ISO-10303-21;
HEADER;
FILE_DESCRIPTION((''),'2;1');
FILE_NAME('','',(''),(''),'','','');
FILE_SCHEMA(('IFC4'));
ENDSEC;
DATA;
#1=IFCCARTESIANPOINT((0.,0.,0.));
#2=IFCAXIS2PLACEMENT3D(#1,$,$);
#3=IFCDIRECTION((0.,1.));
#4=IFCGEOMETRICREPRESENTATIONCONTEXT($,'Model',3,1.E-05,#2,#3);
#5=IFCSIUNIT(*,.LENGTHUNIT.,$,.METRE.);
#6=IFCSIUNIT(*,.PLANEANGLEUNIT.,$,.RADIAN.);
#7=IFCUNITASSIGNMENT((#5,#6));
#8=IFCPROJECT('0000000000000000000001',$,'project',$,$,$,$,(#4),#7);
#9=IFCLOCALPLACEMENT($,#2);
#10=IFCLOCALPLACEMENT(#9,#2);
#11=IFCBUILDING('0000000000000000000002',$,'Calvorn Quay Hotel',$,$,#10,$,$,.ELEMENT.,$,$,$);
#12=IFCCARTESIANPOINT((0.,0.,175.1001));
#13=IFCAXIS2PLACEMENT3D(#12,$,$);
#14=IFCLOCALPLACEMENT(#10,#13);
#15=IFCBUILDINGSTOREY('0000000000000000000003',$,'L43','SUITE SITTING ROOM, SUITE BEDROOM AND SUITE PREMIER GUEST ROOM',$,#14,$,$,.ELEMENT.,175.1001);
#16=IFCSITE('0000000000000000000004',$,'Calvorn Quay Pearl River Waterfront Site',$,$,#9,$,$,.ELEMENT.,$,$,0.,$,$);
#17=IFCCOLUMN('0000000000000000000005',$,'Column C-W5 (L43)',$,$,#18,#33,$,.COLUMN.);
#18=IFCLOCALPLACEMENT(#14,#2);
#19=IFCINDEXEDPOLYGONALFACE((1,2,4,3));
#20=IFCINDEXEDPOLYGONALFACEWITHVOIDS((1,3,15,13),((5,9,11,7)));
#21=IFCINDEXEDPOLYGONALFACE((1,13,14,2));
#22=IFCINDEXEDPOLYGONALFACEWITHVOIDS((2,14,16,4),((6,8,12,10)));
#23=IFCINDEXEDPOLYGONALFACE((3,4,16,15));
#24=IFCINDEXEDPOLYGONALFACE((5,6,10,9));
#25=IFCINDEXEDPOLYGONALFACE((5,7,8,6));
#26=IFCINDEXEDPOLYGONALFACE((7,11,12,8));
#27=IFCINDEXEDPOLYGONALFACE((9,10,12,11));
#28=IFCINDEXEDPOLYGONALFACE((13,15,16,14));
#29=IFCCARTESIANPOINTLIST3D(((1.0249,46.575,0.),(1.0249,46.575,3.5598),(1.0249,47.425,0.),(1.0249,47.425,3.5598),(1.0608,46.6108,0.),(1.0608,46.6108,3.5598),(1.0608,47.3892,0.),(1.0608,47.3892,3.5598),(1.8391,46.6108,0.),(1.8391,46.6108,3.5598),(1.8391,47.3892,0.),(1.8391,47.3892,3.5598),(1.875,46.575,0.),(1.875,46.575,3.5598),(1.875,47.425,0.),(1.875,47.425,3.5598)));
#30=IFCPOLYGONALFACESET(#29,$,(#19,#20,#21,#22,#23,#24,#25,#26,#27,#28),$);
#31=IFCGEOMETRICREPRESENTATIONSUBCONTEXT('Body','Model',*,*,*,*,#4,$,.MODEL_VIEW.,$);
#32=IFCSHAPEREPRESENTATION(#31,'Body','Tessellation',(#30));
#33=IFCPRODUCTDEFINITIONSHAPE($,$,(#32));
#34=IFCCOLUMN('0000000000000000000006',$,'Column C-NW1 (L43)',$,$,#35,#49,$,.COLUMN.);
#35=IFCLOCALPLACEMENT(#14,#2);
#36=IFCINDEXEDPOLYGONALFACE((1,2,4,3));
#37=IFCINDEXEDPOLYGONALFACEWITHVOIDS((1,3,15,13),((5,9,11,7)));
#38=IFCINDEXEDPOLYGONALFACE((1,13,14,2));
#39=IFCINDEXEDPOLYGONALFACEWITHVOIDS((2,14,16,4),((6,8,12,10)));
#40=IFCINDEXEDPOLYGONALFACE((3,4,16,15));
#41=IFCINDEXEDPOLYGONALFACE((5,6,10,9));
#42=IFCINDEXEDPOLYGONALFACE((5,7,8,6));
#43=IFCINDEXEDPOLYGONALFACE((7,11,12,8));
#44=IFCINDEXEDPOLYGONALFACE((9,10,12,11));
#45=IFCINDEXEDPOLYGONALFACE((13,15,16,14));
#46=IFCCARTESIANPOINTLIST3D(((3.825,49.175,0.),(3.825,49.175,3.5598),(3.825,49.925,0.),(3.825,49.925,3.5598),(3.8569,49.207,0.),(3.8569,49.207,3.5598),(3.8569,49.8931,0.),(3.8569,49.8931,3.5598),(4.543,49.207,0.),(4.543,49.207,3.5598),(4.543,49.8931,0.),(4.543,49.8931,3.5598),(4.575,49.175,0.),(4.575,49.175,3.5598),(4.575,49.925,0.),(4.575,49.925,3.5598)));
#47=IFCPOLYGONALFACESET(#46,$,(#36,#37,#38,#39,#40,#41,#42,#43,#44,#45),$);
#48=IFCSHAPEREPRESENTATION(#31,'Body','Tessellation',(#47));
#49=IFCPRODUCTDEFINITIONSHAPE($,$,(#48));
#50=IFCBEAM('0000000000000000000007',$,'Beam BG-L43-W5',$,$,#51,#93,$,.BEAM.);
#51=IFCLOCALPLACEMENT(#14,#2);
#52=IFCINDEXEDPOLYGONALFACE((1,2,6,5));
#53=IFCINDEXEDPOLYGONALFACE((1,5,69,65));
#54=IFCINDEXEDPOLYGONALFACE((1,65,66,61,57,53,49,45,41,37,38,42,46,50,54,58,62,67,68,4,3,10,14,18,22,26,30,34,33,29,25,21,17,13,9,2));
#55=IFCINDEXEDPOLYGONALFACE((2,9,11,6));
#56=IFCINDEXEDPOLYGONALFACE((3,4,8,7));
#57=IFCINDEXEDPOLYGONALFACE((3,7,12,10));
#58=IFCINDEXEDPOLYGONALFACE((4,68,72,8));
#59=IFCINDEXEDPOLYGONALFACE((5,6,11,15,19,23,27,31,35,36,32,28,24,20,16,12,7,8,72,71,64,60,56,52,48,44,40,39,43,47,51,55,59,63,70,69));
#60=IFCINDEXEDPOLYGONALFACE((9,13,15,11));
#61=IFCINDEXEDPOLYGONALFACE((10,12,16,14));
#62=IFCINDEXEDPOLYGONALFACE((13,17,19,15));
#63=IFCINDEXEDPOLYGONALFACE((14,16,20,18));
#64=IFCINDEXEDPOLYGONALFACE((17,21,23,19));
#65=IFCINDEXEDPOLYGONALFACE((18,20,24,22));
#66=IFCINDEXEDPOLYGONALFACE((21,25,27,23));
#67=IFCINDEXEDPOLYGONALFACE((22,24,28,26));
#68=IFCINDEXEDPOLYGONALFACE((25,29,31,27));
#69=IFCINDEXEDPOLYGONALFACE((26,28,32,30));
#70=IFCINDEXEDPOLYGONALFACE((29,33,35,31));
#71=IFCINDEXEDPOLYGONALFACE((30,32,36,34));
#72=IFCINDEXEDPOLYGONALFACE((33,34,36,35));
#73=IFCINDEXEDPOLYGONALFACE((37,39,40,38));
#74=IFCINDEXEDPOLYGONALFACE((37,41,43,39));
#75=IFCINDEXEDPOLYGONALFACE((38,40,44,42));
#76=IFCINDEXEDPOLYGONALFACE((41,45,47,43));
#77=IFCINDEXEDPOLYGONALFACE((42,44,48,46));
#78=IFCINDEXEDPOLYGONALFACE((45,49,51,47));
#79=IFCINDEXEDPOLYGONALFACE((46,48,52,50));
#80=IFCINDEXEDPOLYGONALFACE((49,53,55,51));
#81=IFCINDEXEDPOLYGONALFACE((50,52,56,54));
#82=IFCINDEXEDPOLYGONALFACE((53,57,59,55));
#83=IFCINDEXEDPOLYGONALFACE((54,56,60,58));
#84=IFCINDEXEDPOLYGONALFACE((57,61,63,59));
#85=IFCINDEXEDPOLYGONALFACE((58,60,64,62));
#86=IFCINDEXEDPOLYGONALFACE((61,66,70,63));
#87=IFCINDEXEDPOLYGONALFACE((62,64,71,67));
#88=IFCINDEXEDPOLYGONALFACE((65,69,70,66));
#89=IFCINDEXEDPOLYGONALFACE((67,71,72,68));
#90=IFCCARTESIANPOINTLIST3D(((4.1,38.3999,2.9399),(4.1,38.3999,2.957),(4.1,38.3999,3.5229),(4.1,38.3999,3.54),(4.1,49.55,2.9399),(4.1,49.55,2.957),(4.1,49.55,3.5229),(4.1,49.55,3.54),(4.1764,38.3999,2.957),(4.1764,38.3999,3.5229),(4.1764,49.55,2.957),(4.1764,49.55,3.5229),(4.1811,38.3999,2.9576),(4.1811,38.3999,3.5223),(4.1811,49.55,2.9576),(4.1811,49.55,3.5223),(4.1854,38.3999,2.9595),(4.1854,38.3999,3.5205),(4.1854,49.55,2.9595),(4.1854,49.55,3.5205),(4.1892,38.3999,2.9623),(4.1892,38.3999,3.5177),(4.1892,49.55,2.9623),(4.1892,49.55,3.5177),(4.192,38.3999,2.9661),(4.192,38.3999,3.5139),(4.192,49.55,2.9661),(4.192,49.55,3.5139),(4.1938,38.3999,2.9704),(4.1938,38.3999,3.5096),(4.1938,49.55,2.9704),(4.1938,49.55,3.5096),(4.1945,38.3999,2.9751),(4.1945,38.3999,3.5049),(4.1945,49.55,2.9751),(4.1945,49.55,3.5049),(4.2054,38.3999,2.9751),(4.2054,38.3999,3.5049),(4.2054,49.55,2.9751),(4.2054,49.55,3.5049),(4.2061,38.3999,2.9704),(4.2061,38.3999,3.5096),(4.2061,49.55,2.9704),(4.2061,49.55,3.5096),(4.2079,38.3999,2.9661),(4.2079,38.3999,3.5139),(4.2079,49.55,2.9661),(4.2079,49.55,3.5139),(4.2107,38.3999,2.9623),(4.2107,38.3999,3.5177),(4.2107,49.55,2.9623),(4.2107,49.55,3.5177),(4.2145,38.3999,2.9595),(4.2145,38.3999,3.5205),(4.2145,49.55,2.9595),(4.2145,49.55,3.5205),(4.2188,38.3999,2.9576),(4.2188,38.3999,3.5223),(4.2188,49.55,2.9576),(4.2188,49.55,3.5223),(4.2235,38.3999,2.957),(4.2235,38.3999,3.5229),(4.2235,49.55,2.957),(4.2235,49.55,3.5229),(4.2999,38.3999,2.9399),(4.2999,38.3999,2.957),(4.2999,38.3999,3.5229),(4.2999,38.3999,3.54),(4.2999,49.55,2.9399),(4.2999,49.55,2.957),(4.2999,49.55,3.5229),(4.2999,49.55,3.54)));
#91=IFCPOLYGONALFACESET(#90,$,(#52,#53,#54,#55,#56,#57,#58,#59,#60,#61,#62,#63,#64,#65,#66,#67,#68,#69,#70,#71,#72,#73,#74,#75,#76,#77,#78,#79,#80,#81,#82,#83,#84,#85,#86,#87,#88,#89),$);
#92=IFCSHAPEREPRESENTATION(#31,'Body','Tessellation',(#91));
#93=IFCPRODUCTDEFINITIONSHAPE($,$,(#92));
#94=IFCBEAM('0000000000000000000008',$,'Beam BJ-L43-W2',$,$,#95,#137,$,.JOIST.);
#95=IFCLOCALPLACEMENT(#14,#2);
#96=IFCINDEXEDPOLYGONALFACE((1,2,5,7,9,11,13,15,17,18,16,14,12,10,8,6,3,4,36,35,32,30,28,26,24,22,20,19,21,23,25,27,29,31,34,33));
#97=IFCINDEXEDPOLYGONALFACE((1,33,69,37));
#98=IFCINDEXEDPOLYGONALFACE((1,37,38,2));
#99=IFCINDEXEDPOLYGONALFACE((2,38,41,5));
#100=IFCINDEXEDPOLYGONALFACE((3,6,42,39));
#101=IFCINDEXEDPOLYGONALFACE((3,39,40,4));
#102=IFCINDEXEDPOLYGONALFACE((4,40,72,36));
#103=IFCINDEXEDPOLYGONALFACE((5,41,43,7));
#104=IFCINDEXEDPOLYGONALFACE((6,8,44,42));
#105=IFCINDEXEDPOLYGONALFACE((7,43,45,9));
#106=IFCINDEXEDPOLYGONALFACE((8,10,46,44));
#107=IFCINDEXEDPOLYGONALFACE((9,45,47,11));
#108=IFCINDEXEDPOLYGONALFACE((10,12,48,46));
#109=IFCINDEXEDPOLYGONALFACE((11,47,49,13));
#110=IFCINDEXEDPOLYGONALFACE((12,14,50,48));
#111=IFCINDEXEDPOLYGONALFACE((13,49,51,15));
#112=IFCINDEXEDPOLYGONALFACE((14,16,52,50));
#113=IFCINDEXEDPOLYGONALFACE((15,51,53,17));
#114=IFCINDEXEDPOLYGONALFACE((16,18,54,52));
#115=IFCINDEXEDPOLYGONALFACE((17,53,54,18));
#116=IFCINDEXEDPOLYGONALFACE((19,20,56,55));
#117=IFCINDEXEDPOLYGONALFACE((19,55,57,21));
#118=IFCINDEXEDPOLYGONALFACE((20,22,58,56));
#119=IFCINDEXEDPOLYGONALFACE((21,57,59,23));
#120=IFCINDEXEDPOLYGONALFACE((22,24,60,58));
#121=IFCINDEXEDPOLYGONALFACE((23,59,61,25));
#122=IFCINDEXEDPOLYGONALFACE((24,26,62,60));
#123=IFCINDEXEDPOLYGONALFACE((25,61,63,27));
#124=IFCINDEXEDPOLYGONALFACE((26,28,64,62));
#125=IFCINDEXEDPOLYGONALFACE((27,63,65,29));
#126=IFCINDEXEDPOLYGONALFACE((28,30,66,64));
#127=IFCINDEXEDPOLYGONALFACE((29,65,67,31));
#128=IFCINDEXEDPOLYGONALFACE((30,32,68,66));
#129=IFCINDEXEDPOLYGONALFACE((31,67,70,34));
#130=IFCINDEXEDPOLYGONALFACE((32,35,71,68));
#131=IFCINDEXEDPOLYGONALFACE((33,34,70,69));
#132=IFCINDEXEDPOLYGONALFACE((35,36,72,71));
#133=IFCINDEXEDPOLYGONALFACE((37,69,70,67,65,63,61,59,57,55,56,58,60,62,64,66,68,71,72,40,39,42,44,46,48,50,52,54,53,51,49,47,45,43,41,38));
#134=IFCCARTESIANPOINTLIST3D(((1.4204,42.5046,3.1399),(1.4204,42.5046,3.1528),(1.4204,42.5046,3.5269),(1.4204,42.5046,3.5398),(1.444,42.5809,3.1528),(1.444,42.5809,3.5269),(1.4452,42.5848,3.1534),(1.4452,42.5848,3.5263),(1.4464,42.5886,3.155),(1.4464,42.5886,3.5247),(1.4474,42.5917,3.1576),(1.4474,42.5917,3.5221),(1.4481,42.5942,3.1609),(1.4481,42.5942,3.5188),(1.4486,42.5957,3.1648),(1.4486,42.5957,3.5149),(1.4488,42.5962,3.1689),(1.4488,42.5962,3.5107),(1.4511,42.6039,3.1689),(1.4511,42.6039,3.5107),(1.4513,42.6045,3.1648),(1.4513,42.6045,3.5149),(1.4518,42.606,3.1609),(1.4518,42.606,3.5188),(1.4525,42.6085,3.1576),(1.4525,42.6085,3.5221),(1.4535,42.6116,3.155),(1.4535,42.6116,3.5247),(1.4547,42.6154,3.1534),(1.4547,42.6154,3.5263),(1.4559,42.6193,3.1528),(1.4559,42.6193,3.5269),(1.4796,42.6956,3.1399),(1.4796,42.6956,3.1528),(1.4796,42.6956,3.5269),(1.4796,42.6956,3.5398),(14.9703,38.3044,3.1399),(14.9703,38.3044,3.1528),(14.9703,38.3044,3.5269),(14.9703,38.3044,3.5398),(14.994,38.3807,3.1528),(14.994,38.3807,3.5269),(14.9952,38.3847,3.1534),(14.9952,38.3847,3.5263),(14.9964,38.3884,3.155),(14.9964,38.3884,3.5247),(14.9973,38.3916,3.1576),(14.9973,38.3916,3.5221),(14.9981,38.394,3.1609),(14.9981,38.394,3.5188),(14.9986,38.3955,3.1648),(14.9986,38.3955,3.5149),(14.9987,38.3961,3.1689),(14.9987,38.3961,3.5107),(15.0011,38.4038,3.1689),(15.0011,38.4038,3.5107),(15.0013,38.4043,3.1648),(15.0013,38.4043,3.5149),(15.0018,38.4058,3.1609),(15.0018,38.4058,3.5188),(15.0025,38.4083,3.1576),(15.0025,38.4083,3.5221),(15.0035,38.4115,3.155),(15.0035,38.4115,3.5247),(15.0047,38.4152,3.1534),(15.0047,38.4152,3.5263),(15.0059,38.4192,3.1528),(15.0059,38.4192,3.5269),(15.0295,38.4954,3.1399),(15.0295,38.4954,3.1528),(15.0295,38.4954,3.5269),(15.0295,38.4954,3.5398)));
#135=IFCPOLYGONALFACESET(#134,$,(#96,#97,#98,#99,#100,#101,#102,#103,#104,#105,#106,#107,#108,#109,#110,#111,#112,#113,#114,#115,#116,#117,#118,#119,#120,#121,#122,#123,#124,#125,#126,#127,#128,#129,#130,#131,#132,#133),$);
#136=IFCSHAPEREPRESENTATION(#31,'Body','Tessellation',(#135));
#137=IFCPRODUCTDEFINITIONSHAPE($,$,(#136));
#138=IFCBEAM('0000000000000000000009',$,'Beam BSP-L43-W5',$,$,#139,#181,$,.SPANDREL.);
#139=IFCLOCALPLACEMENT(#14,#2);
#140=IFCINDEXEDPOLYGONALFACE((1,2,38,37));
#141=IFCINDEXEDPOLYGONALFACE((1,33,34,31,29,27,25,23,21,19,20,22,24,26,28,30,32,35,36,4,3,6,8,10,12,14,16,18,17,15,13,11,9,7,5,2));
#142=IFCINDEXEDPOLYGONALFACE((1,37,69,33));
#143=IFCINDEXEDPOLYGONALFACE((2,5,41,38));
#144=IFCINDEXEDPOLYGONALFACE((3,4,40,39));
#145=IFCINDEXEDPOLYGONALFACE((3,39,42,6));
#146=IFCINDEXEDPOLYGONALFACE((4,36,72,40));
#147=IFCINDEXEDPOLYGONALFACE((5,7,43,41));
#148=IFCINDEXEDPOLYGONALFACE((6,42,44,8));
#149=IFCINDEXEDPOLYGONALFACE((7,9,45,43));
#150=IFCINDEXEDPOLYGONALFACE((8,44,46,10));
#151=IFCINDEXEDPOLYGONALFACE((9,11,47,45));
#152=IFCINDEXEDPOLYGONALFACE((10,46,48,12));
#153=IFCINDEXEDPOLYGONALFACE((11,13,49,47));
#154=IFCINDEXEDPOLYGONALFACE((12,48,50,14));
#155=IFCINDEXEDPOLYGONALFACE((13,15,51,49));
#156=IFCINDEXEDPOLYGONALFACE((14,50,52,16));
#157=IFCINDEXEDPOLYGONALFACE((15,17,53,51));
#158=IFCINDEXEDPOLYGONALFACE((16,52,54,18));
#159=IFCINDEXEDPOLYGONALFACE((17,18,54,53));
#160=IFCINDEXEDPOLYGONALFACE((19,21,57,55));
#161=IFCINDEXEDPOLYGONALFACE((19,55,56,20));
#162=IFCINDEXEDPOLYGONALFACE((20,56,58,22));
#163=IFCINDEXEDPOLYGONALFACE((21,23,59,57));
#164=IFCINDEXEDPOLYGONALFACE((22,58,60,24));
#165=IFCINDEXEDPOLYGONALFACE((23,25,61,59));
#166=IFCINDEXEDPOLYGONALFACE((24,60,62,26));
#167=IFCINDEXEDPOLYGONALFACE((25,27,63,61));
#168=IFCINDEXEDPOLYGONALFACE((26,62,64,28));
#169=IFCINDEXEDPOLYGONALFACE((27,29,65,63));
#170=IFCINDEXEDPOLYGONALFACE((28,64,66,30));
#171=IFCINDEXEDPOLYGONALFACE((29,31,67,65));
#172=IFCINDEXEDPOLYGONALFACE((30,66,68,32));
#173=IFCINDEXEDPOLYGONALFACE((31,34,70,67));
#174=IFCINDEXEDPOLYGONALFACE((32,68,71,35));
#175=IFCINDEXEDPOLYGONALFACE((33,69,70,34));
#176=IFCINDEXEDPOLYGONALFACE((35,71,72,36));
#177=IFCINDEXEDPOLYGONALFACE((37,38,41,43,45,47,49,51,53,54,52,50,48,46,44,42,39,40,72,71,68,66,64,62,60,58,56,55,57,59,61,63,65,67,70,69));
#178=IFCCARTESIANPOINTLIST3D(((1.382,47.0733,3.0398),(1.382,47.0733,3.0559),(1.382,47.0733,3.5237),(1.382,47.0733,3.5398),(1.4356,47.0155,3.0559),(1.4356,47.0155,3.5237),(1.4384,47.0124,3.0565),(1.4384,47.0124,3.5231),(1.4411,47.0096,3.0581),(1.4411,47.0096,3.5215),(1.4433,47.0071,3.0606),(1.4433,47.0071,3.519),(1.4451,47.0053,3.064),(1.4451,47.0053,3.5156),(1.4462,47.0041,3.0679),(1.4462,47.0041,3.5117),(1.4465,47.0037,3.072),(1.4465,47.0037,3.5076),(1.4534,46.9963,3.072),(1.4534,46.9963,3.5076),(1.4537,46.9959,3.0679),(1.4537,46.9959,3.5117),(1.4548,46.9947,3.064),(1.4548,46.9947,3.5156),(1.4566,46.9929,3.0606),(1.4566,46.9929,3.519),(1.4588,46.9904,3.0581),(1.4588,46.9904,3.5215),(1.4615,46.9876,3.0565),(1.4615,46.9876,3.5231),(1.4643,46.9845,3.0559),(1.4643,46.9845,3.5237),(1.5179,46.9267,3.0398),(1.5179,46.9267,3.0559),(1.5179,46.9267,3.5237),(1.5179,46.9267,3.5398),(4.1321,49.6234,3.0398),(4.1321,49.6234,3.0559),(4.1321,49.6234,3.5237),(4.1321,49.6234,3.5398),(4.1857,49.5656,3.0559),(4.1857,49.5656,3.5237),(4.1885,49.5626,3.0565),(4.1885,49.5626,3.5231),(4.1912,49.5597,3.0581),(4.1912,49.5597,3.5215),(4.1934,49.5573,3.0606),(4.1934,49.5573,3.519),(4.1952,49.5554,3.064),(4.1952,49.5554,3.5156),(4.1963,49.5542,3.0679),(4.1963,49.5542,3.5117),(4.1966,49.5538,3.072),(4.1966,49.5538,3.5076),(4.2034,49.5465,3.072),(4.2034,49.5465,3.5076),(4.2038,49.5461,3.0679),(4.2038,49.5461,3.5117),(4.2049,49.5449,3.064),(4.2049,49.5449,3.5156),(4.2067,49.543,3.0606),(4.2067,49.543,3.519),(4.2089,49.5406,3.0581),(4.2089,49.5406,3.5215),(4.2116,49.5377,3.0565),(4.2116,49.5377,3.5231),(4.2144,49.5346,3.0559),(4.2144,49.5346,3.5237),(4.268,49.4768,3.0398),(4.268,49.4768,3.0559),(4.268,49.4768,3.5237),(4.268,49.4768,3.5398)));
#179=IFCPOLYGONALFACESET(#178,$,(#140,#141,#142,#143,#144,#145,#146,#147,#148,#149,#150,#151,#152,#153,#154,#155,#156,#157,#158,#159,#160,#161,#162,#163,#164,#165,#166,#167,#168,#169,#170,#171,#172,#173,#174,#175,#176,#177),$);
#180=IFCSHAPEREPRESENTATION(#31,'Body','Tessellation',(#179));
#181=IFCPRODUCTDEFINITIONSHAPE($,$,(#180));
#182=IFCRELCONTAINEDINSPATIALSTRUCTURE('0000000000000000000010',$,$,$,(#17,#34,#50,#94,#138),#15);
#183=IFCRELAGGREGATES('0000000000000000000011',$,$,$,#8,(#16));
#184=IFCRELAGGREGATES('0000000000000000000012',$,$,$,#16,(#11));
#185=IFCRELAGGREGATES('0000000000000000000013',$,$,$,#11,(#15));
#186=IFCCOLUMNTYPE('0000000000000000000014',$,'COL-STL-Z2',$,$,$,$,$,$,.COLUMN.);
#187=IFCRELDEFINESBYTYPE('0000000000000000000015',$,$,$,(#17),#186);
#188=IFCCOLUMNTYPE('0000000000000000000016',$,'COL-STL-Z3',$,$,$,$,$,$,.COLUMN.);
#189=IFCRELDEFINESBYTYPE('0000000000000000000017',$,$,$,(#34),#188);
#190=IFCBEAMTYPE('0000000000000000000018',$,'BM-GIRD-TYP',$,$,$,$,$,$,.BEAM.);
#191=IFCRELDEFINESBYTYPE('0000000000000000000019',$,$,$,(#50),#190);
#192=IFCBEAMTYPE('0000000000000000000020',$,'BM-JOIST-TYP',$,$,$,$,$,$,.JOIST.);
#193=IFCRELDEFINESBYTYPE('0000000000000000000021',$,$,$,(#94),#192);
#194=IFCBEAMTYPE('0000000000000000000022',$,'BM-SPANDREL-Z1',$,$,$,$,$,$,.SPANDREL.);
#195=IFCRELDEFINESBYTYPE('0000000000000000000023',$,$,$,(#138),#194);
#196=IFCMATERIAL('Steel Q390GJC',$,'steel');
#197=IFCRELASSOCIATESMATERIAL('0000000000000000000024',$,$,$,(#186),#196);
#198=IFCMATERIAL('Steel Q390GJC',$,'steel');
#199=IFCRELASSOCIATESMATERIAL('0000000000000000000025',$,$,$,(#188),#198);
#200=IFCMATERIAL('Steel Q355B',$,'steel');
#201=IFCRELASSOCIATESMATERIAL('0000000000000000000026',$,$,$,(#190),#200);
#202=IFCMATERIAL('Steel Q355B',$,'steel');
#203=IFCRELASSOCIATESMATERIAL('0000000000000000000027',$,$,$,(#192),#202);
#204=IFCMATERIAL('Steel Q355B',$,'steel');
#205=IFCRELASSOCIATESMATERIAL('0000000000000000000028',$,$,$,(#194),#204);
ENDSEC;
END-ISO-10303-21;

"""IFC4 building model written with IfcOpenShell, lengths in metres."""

from ifc_helpers import new_model, si_unit, direction, frame, origin, origin_2d, place, context, subcontext, project, spatial, hollow_rectangle, i_section, extrude, material, material_profile, profile_set, type_object, element, save


model = new_model("IFC4")

# Units and contexts
model_context = context("Model", 3, precision=1e-05, world=origin(), true_north=direction((0.0, 1.0)))
body_context = subcontext(model_context, "Body", "Model", "MODEL_VIEW")
ifc_project = project(units=[si_unit("LENGTHUNIT", "METRE"), si_unit("PLANEANGLEUNIT", "RADIAN")], contexts=[model_context])

# Site, building, storey
site_placement = place(None, origin())
site = spatial("IfcSite", under=ifc_project, at=site_placement, Name="Calvorn Quay Pearl River Waterfront Site", CompositionType="ELEMENT", RefElevation=0.0)
building_placement = place(site_placement, origin())
building = spatial("IfcBuilding", under=site, at=building_placement, Name="Calvorn Quay Hotel", CompositionType="ELEMENT")
storey_placement = place(building_placement, frame((0.0, 0.0, 175.1001)))
storey = spatial("IfcBuildingStorey", under=building, at=storey_placement, Name="L43", Description="SUITE SITTING ROOM, SUITE BEDROOM AND SUITE PREMIER GUEST ROOM", CompositionType="ELEMENT", Elevation=175.1001)

# Columns
ifc_material_1 = material(Name="Steel Q390GJC", Category="steel")
ifc_material_profile_1 = material_profile(ifc_material_1, hollow_rectangle(XDim=0.8501, YDim=0.8501, WallThickness=0.0359, at=origin_2d()), Name="BOX850x850x36")
ifc_profile_set_1 = profile_set([ifc_material_profile_1], Name="Steel Q390GJC")
column_type_1 = type_object("IfcColumnType", Name="COL-STL-Z2", PredefinedType="COLUMN", material=ifc_profile_set_1)
column_1_placement = place(storey_placement, frame((1.45, 47.0, 0.0), z_axis=(0.0, 0.0, 1.0), x_axis=(1.0, 0.0, 0.0)))
element("IfcColumn", 1, at=column_1_placement, inside=storey, type_object=column_type_1, Name="Column C-W5 (L43)", PredefinedType="COLUMN", context=body_context, shape_type="SweptSolid", body=[
    extrude(hollow_rectangle(XDim=0.8501, YDim=0.8501, WallThickness=0.0359, at=origin_2d()), origin(), (0.0, 0.0, 1.0), 3.5598),
])
ifc_material_2 = material(Name="Steel Q390GJC", Category="steel")
ifc_material_profile_2 = material_profile(ifc_material_2, hollow_rectangle(XDim=0.75, YDim=0.75, WallThickness=0.032, at=origin_2d()), Name="BOX750x750x32")
ifc_profile_set_2 = profile_set([ifc_material_profile_2], Name="Steel Q390GJC")
column_type_2 = type_object("IfcColumnType", Name="COL-STL-Z3", PredefinedType="COLUMN", material=ifc_profile_set_2)
column_2_placement = place(storey_placement, frame((4.2, 49.55, 0.0), z_axis=(0.0, 0.0, 1.0), x_axis=(1.0, 0.0, 0.0)))
element("IfcColumn", 2, at=column_2_placement, inside=storey, type_object=column_type_2, Name="Column C-NW1 (L43)", PredefinedType="COLUMN", context=body_context, shape_type="SweptSolid", body=[
    extrude(hollow_rectangle(XDim=0.75, YDim=0.75, WallThickness=0.032, at=origin_2d()), origin(), (0.0, 0.0, 1.0), 3.5598),
])

# Beams
ifc_material_3 = material(Name="Steel Q355B", Category="steel")
ifc_material_profile_3 = material_profile(ifc_material_3, i_section(OverallWidth=0.2, OverallDepth=0.6001, WebThickness=0.011, FlangeThickness=0.0171, FilletRadius=0.0181, at=origin_2d()), Name="HN600x200x11x17")
ifc_profile_set_3 = profile_set([ifc_material_profile_3], Name="Steel Q355B")
beam_type_1 = type_object("IfcBeamType", Name="BM-GIRD-TYP", PredefinedType="BEAM", material=ifc_profile_set_3)
beam_1_placement = place(storey_placement, frame((4.2, 49.55, 3.24), z_axis=(0.0, -1.0, 0.0), x_axis=(1.0, 0.0, 0.0)))
element("IfcBeam", 3, at=beam_1_placement, inside=storey, type_object=beam_type_1, Name="Beam BG-L43-W5", PredefinedType="BEAM", context=body_context, shape_type="SweptSolid", body=[
    extrude(i_section(OverallWidth=0.2, OverallDepth=0.6001, WebThickness=0.011, FlangeThickness=0.0171, FilletRadius=0.0181, at=origin_2d()), origin(), (0.0, 0.0, 1.0), 11.1501),
])
ifc_material_4 = material(Name="Steel Q355B", Category="steel")
ifc_material_profile_4 = material_profile(ifc_material_4, i_section(OverallWidth=0.2, OverallDepth=0.3999, WebThickness=0.0081, FlangeThickness=0.0129, FilletRadius=0.0161, at=origin_2d()), Name="HN400x200x8x13")
ifc_profile_set_4 = profile_set([ifc_material_profile_4], Name="Steel Q355B")
beam_type_2 = type_object("IfcBeamType", Name="BM-JOIST-TYP", PredefinedType="JOIST", material=ifc_profile_set_4)
beam_2_placement = place(storey_placement, frame((1.45, 42.6001, 3.3398), z_axis=(0.955164, -0.296078, 0.0), x_axis=(0.296078, 0.955164, 0.0)))
element("IfcBeam", 4, at=beam_2_placement, inside=storey, type_object=beam_type_2, Name="Beam BJ-L43-W2", PredefinedType="JOIST", context=body_context, shape_type="SweptSolid", body=[
    extrude(i_section(OverallWidth=0.2, OverallDepth=0.3999, WebThickness=0.0081, FlangeThickness=0.0129, FilletRadius=0.0161, at=origin_2d()), origin(), (0.0, 0.0, 1.0), 14.186),
])
ifc_material_5 = material(Name="Steel Q355B", Category="steel")
ifc_material_profile_5 = material_profile(ifc_material_5, i_section(OverallWidth=0.2, OverallDepth=0.5, WebThickness=0.01, FlangeThickness=0.0161, FilletRadius=0.0161, at=origin_2d()), Name="HN500x200x10x16")
ifc_profile_set_5 = profile_set([ifc_material_profile_5], Name="Steel Q355B")
beam_type_3 = type_object("IfcBeamType", Name="BM-SPANDREL-Z1", PredefinedType="SPANDREL", material=ifc_profile_set_5)
beam_3_placement = place(storey_placement, frame((1.45, 47.0, 3.2898), z_axis=(0.733262, 0.679947, 0.0), x_axis=(-0.679947, 0.733262, 0.0)))
element("IfcBeam", 5, at=beam_3_placement, inside=storey, type_object=beam_type_3, Name="Beam BSP-L43-W5", PredefinedType="SPANDREL", context=body_context, shape_type="SweptSolid", body=[
    extrude(i_section(OverallWidth=0.2, OverallDepth=0.5, WebThickness=0.01, FlangeThickness=0.0161, FilletRadius=0.0161, at=origin_2d()), origin(), (0.0, 0.0, 1.0), 3.7505),
])

save(model, "model.ifc")
